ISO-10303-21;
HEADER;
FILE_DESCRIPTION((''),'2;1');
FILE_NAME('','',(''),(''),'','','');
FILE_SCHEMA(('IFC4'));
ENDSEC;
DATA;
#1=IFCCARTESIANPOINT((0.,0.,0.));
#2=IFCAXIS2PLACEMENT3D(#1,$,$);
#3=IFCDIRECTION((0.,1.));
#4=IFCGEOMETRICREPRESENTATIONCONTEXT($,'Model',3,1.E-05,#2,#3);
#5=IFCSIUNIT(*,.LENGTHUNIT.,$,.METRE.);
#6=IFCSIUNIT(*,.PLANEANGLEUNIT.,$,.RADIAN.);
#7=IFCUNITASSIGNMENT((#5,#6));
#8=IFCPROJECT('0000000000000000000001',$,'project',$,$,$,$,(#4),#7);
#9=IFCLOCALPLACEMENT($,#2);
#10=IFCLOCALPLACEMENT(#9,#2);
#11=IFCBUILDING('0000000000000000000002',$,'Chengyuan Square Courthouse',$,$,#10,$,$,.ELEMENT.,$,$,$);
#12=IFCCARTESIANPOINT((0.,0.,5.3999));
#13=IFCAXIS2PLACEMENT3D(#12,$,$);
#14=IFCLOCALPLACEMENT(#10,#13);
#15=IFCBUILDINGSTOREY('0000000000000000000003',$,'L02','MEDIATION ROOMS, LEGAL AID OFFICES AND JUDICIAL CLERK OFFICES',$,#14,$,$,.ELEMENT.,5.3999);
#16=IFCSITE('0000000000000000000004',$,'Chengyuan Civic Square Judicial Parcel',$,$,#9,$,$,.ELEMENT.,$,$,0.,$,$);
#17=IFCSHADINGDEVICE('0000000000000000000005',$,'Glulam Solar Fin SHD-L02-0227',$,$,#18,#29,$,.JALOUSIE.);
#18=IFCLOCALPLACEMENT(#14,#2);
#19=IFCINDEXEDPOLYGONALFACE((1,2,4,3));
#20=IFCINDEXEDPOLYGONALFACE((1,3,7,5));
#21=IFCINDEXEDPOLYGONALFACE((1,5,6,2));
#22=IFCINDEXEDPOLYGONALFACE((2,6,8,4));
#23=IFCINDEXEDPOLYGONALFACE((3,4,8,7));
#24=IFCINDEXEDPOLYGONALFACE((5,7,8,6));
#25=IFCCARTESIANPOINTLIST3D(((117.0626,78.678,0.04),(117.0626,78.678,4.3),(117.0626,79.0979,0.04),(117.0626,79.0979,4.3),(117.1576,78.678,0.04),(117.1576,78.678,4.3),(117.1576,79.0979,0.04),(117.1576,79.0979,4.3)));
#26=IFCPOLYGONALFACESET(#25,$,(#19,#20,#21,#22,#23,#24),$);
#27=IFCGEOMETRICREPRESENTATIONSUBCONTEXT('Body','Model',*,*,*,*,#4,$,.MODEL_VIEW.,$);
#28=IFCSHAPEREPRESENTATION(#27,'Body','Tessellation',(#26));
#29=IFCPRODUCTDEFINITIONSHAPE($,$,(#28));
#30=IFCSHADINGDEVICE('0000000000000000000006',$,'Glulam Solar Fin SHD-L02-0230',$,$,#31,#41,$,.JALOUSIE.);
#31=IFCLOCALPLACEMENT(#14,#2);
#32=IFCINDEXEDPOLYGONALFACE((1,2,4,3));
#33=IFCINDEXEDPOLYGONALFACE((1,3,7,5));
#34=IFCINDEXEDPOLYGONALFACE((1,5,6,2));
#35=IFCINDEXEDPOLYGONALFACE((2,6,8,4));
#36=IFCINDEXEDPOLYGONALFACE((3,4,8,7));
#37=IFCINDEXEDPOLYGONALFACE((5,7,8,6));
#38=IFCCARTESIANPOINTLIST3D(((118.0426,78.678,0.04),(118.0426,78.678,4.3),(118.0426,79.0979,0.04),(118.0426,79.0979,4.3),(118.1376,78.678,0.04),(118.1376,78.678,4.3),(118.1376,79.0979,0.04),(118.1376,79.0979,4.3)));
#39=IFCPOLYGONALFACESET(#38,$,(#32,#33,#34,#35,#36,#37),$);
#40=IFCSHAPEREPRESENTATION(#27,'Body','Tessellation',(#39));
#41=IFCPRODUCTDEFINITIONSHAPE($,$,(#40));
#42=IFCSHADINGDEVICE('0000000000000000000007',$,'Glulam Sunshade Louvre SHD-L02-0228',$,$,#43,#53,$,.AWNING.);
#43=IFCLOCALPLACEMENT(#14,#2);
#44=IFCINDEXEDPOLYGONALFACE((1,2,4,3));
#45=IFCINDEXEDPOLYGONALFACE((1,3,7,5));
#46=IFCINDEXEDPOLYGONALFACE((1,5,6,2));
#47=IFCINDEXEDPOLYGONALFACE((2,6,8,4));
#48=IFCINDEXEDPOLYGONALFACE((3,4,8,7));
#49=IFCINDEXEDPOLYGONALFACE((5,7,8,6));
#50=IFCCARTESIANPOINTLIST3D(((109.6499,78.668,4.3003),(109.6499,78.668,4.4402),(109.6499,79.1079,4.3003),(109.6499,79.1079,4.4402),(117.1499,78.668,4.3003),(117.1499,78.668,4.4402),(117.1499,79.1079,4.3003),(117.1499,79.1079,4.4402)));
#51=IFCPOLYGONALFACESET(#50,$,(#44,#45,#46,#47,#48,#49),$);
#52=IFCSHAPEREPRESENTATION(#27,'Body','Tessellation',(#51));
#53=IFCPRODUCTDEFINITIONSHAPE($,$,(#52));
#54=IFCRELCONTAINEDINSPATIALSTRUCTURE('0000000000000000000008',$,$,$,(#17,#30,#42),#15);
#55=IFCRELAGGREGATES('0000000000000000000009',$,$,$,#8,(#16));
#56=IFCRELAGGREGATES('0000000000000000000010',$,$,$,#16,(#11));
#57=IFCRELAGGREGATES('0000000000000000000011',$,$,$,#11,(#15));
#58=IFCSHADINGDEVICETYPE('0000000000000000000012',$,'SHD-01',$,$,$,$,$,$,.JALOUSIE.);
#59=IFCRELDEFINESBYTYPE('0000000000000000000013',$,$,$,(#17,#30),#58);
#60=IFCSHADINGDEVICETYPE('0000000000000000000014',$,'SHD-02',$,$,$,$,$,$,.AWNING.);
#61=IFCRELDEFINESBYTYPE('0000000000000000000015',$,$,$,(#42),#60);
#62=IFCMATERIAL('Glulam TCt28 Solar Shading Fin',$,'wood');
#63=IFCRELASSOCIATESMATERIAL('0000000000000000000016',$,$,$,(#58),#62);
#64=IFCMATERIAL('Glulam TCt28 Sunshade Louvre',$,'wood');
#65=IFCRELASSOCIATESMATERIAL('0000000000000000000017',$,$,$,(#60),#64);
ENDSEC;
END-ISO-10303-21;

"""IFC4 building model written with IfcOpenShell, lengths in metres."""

from ifc_helpers import new_model, si_unit, direction, frame, origin, origin_2d, place, context, subcontext, project, spatial, rectangle, extrude, material, type_object, element, save


model = new_model("IFC4")

# Units and contexts
model_context = context("Model", 3, precision=1e-05, world=origin(), true_north=direction((0.0, 1.0)))
body_context = subcontext(model_context, "Body", "Model", "MODEL_VIEW")
ifc_project = project(units=[si_unit("LENGTHUNIT", "METRE"), si_unit("PLANEANGLEUNIT", "RADIAN")], contexts=[model_context])

# Site, building, storey
site_placement = place(None, origin())
site = spatial("IfcSite", under=ifc_project, at=site_placement, Name="Chengyuan Civic Square Judicial Parcel", CompositionType="ELEMENT", RefElevation=0.0)
building_placement = place(site_placement, origin())
building = spatial("IfcBuilding", under=site, at=building_placement, Name="Chengyuan Square Courthouse", CompositionType="ELEMENT")
storey_placement = place(building_placement, frame((0.0, 0.0, 5.3999)))
storey = spatial("IfcBuildingStorey", under=building, at=storey_placement, Name="L02", Description="MEDIATION ROOMS, LEGAL AID OFFICES AND JUDICIAL CLERK OFFICES", CompositionType="ELEMENT", Elevation=5.3999)

# Shading devices
ifc_material_1 = material(Name="Glulam TCt28 Solar Shading Fin", Category="wood")
shading_device_type_1 = type_object("IfcShadingDeviceType", Name="SHD-01", PredefinedType="JALOUSIE", material=ifc_material_1)
for number, where, z_axis, x_axis, name in (
    (1, (117.1101, 78.8879, 0.04), (0.0, 0.0, 1.0), (0.0, 1.0, 0.0), "Glulam Solar Fin SHD-L02-0227"),
    (2, (118.0901, 78.8879, 0.04), (0.0, 0.0, 1.0), (0.0, 1.0, 0.0), "Glulam Solar Fin SHD-L02-0230"),
):
    element("IfcShadingDevice", number, at=place(storey_placement, frame(where, z_axis=z_axis, x_axis=x_axis)), inside=storey, type_object=shading_device_type_1, Name=name, PredefinedType="JALOUSIE", context=body_context, shape_type="SweptSolid", body=[
        extrude(rectangle(XDim=0.4199, YDim=0.095, at=origin_2d()), origin(), (0.0, 0.0, 1.0), 4.26),
    ])
ifc_material_2 = material(Name="Glulam TCt28 Sunshade Louvre", Category="wood")
shading_device_type_2 = type_object("IfcShadingDeviceType", Name="SHD-02", PredefinedType="AWNING", material=ifc_material_2)
shading_device_placement = place(storey_placement, frame((113.3999, 78.8879, 4.3003), z_axis=(0.0, 0.0, 1.0), x_axis=(1.0, 0.0, 0.0)))
element("IfcShadingDevice", 3, at=shading_device_placement, inside=storey, type_object=shading_device_type_2, Name="Glulam Sunshade Louvre SHD-L02-0228", PredefinedType="AWNING", context=body_context, shape_type="SweptSolid", body=[
    extrude(rectangle(XDim=7.5, YDim=0.4399, at=origin_2d()), origin(), (0.0, 0.0, 1.0), 0.1399),
])

save(model, "model.ifc")
